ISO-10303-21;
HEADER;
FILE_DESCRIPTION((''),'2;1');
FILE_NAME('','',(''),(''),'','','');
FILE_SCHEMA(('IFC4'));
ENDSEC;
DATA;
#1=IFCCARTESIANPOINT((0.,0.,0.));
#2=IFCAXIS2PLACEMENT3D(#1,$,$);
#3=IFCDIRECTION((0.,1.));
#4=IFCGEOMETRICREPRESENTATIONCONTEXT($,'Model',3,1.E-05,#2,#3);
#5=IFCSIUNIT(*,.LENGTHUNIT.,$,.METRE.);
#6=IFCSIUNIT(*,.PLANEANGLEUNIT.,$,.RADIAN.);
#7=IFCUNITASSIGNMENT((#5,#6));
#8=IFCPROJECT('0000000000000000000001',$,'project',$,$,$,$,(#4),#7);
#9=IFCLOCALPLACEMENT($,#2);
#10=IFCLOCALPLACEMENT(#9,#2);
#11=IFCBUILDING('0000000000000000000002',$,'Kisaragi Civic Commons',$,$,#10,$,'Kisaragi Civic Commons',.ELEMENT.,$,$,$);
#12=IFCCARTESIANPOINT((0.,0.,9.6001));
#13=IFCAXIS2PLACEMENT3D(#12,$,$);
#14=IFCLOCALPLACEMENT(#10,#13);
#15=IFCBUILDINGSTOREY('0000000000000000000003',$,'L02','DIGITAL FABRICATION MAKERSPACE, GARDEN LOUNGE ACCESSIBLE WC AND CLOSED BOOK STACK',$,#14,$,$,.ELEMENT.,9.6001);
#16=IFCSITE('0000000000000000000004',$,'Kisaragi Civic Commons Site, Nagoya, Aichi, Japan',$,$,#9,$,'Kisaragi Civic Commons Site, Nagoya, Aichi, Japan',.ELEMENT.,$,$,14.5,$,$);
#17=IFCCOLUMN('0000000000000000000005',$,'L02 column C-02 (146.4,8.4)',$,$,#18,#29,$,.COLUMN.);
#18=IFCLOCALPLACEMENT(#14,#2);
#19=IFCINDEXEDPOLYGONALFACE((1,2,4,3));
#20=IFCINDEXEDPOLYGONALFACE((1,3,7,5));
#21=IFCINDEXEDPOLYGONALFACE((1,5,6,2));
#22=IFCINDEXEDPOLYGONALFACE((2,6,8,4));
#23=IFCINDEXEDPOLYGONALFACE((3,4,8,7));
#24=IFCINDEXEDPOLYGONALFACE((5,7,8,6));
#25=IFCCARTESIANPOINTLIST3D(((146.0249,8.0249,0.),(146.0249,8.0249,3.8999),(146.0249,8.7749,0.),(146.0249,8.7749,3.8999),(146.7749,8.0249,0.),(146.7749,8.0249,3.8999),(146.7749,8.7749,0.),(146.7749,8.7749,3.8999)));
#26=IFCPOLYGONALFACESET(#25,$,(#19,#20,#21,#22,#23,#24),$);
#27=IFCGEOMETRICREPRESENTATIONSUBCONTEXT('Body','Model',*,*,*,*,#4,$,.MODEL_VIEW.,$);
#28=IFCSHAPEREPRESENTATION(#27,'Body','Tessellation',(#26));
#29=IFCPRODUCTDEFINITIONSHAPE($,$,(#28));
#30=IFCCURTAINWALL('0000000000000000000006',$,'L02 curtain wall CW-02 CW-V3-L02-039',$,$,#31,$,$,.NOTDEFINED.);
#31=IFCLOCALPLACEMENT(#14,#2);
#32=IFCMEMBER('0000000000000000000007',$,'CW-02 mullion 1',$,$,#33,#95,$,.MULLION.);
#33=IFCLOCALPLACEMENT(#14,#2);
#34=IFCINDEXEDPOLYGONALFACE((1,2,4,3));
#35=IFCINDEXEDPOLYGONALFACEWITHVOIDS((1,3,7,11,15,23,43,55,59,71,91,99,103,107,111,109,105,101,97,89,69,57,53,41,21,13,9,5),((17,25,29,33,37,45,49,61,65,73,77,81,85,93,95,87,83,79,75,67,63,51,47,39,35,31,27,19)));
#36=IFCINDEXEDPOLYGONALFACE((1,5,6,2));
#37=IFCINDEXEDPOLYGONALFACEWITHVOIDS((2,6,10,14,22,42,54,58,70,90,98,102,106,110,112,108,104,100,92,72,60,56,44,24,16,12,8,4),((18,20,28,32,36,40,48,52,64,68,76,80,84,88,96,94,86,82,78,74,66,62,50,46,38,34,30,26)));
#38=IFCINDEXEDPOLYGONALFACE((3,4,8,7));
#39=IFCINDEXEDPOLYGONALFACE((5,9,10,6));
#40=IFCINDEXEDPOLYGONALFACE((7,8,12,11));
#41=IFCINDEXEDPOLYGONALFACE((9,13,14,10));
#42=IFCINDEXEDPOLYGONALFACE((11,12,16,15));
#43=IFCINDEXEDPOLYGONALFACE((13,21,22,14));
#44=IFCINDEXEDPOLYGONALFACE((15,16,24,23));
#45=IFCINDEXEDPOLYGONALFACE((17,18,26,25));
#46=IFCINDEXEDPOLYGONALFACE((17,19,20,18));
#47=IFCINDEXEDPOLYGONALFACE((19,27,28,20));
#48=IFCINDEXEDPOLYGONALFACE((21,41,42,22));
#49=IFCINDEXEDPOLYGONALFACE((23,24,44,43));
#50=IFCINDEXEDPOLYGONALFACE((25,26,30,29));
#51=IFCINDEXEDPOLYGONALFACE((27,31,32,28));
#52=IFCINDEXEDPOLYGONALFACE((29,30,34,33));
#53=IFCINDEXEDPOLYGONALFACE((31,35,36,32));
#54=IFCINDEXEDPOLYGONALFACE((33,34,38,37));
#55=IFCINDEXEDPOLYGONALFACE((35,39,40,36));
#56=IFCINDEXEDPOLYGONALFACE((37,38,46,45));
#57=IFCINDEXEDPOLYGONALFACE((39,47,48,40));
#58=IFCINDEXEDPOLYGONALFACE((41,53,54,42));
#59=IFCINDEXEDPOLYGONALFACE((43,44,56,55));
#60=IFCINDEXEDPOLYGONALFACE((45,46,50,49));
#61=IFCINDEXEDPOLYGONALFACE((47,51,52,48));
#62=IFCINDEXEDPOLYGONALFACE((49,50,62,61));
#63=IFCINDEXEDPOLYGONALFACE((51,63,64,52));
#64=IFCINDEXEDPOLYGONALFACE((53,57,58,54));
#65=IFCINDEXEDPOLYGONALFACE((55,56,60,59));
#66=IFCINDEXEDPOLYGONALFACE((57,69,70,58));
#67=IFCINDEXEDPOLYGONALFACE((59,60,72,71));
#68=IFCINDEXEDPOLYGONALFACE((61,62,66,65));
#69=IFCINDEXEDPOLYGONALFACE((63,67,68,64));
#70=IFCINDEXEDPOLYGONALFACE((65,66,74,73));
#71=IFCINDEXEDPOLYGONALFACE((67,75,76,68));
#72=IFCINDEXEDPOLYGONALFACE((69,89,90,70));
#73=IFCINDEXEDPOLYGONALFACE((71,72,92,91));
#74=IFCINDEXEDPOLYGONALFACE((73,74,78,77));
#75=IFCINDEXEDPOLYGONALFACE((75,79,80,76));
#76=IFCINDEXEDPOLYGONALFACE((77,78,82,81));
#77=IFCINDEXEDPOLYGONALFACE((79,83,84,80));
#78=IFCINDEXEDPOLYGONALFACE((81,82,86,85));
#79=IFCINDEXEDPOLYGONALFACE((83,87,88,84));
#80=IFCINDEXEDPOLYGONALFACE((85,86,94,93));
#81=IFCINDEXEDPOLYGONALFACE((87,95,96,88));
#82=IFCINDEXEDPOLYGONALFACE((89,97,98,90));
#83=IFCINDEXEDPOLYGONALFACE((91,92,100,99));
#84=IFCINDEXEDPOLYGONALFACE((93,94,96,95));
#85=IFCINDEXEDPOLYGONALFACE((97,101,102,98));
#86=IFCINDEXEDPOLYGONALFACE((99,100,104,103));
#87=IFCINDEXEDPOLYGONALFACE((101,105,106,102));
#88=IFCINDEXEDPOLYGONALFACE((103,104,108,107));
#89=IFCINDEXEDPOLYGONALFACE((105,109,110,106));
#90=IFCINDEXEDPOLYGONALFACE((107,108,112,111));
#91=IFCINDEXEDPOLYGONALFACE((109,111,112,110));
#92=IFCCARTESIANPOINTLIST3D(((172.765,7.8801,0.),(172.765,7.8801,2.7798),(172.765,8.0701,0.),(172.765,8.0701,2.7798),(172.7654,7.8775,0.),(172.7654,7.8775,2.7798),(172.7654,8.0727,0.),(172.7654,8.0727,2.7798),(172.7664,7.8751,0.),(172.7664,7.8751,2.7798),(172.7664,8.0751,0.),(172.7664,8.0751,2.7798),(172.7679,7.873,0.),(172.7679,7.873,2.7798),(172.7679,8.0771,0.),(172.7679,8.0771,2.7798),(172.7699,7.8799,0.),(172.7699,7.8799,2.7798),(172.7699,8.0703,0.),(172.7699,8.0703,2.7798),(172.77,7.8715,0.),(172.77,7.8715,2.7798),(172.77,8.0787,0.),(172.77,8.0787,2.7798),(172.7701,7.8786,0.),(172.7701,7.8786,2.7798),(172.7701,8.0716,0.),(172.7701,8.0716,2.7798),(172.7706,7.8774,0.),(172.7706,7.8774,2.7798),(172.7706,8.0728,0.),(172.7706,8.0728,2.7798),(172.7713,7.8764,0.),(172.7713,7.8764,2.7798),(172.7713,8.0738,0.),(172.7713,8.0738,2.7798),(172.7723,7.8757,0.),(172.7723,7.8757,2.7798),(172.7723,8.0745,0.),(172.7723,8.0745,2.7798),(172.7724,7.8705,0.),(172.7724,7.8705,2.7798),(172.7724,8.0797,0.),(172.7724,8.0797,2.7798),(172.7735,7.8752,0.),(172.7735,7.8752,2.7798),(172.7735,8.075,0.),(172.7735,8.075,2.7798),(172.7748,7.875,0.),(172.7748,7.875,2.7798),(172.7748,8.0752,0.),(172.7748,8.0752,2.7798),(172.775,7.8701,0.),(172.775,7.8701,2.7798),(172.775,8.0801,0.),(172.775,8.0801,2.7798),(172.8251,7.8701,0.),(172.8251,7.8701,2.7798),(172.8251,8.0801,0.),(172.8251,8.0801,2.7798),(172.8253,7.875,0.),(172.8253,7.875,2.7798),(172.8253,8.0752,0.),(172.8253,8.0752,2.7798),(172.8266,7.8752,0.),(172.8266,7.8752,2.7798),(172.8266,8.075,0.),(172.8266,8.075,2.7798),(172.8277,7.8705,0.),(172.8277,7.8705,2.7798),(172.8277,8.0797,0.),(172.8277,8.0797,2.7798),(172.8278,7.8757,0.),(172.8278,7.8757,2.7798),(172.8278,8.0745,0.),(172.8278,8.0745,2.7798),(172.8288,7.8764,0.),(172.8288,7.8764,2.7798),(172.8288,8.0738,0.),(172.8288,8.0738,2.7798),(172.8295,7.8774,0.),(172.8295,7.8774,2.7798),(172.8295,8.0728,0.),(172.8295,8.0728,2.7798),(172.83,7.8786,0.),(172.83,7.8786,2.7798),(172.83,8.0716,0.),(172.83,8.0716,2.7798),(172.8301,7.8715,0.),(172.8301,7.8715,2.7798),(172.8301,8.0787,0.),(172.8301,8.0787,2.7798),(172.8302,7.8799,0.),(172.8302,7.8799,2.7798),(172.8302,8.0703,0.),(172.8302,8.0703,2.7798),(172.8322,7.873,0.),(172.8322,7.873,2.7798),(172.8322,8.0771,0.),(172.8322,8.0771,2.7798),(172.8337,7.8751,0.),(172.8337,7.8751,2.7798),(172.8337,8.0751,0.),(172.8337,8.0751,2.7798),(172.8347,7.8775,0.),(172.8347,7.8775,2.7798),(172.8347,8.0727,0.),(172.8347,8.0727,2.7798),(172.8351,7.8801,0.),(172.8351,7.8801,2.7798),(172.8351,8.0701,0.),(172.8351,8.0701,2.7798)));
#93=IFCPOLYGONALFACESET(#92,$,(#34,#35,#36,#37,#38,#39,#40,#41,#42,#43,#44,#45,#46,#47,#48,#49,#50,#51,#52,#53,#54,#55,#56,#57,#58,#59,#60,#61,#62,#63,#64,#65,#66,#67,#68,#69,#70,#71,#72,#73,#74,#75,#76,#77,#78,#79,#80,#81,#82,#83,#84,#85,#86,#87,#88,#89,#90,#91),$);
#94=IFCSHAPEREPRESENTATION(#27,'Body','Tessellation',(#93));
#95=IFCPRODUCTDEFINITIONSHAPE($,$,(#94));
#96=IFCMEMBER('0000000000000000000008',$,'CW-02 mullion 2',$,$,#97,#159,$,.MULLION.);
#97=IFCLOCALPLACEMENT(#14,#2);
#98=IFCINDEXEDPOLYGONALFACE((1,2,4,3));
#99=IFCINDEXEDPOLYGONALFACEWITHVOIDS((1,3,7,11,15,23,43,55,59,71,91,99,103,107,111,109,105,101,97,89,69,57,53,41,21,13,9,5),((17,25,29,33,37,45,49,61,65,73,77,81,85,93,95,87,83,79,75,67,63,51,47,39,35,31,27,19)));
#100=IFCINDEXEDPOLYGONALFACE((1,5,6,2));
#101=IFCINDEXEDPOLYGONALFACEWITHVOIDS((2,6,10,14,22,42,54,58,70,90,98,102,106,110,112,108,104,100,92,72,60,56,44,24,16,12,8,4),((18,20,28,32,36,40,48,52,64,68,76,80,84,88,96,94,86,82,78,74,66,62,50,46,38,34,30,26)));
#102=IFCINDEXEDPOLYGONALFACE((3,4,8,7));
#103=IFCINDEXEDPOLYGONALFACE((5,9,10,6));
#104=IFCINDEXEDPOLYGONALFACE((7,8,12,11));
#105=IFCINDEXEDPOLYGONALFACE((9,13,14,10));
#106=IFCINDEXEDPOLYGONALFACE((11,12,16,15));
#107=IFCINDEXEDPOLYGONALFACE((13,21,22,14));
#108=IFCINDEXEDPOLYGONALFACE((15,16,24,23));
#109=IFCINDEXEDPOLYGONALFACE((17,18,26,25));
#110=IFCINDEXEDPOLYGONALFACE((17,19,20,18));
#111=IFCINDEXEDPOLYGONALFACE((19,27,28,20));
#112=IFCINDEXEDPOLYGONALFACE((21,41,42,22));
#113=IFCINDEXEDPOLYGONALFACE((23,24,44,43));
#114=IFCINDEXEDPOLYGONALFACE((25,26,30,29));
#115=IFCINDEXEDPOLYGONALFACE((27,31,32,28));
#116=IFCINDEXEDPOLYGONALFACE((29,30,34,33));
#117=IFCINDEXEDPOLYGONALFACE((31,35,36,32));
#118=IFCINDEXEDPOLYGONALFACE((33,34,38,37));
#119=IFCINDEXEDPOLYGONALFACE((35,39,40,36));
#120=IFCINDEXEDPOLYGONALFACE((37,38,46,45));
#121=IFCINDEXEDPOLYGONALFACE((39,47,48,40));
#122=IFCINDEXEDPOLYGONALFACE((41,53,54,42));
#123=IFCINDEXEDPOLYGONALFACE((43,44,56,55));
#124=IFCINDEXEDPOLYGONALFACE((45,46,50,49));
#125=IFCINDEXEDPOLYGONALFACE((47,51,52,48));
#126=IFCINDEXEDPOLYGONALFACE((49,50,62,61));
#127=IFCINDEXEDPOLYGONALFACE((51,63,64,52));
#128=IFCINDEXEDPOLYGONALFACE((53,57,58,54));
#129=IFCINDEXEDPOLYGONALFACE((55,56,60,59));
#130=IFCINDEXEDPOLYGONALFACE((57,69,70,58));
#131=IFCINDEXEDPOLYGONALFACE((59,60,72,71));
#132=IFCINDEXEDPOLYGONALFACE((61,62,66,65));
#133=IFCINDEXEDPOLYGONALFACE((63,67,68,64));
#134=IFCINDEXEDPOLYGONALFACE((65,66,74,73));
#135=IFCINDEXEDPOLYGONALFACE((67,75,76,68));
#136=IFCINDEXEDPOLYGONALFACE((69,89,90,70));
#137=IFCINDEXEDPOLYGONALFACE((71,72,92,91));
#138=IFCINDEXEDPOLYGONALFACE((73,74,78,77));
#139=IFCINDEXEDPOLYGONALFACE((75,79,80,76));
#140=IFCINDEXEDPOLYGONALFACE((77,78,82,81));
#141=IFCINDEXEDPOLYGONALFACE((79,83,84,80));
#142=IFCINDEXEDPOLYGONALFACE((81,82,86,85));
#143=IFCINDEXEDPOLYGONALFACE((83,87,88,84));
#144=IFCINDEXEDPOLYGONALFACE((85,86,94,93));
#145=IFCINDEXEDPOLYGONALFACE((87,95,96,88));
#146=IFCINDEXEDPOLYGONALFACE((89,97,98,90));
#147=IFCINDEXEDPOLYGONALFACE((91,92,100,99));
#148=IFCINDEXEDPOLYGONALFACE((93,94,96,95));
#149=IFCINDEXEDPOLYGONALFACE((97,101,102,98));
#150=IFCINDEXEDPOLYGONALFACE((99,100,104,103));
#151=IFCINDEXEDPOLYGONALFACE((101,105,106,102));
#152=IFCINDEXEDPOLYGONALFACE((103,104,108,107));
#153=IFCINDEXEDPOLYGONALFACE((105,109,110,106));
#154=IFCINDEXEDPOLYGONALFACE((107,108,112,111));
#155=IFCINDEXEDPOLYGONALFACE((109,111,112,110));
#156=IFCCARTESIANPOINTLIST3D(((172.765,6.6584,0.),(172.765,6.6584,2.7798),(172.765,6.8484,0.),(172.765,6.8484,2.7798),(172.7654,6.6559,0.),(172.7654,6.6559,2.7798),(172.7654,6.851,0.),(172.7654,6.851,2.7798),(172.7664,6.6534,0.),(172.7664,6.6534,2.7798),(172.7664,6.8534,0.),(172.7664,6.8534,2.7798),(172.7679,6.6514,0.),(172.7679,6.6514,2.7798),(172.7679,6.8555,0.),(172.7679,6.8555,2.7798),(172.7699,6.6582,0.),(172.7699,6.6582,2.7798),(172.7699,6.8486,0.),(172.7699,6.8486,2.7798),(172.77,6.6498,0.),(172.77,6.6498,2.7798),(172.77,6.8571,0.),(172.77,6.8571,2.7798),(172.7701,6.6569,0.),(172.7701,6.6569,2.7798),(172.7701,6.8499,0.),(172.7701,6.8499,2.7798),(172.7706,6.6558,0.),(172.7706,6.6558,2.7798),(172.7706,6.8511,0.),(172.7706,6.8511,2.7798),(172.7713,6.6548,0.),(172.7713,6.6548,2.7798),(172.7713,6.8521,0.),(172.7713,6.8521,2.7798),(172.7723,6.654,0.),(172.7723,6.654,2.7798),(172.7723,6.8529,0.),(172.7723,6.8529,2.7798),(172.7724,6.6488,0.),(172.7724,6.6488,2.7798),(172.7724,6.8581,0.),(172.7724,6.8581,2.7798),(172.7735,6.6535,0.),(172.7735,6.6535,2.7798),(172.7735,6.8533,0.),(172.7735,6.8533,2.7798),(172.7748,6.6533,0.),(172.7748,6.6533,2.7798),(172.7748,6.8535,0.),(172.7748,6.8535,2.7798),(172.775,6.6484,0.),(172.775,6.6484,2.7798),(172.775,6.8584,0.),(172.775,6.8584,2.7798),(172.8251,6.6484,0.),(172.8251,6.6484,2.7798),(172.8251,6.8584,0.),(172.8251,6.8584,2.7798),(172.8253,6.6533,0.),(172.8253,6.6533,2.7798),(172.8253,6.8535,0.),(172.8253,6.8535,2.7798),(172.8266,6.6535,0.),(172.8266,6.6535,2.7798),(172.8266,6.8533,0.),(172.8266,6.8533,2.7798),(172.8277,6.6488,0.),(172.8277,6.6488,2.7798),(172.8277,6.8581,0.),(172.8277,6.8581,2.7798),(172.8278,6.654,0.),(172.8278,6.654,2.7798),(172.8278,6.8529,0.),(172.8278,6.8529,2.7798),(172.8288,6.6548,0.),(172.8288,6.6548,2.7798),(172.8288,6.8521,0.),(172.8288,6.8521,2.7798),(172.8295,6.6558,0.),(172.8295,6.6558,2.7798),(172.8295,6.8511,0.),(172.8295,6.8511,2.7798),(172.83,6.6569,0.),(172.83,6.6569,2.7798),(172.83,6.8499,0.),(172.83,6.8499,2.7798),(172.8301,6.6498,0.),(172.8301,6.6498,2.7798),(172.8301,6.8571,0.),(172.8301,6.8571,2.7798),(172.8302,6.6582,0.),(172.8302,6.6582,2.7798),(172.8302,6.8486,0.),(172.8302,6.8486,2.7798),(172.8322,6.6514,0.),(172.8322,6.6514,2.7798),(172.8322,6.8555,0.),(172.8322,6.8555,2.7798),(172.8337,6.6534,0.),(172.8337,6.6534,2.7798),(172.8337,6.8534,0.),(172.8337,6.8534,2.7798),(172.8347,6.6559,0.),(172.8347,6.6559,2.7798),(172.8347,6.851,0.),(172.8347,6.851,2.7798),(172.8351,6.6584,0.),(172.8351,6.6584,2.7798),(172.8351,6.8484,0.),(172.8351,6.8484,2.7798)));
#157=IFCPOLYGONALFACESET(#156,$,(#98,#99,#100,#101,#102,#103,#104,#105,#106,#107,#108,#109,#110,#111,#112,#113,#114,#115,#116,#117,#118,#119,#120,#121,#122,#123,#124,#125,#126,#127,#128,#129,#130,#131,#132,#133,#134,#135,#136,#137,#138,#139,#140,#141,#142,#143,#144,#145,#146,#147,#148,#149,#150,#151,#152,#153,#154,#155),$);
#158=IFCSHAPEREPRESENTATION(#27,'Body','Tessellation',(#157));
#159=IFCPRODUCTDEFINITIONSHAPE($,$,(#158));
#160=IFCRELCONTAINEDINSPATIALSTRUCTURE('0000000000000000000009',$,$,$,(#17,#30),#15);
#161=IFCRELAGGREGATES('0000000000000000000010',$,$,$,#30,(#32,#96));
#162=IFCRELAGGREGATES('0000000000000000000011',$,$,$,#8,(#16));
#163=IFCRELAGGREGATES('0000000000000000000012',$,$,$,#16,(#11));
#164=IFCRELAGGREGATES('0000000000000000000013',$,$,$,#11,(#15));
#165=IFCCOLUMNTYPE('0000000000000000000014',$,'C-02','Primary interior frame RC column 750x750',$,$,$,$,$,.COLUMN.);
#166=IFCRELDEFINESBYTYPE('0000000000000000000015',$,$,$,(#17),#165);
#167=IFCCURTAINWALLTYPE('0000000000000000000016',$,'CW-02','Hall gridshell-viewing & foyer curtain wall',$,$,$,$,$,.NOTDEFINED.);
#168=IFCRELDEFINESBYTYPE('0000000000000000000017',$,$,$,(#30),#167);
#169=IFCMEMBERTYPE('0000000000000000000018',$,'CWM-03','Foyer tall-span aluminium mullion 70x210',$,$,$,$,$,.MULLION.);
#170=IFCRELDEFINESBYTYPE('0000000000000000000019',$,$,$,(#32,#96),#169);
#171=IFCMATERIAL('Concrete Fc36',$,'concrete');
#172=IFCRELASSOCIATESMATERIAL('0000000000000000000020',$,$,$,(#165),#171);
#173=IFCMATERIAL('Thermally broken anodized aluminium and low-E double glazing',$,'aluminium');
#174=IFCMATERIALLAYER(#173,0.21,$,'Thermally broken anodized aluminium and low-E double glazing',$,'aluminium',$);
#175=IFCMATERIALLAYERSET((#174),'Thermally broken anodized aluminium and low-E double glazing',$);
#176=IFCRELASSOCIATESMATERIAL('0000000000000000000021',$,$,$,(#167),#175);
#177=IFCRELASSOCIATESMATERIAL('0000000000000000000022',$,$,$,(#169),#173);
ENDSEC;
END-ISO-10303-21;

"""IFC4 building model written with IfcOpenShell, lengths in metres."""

from ifc_helpers import new_model, si_unit, direction, frame, origin, origin_2d, place, context, subcontext, project, spatial, rectangle, hollow_rectangle, extrude, material, layer, layer_set, material_profile, profile_set, type_object, element, aggregate, save


model = new_model("IFC4")

# Units and contexts
model_context = context("Model", 3, precision=1e-05, world=origin(), true_north=direction((0.0, 1.0)))
body_context = subcontext(model_context, "Body", "Model", "MODEL_VIEW")
ifc_project = project(units=[si_unit("LENGTHUNIT", "METRE"), si_unit("PLANEANGLEUNIT", "RADIAN")], contexts=[model_context])

# Site, building, storey
site_placement = place(None, origin())
site = spatial("IfcSite", under=ifc_project, at=site_placement, Name="Kisaragi Civic Commons Site, Nagoya, Aichi, Japan", LongName="Kisaragi Civic Commons Site, Nagoya, Aichi, Japan", CompositionType="ELEMENT", RefElevation=14.5)
building_placement = place(site_placement, origin())
building = spatial("IfcBuilding", under=site, at=building_placement, Name="Kisaragi Civic Commons", LongName="Kisaragi Civic Commons", CompositionType="ELEMENT")
storey_placement = place(building_placement, frame((0.0, 0.0, 9.6001)))
storey = spatial("IfcBuildingStorey", under=building, at=storey_placement, Name="L02", Description="DIGITAL FABRICATION MAKERSPACE, GARDEN LOUNGE ACCESSIBLE WC AND CLOSED BOOK STACK", CompositionType="ELEMENT", Elevation=9.6001)

# Column
ifc_material_1 = material(Name="Concrete Fc36", Category="concrete")
ifc_material_profile_1 = material_profile(ifc_material_1, rectangle(XDim=0.75, YDim=0.75, at=origin_2d()), Name="RC-750x750", Category="concrete")
ifc_profile_set_1 = profile_set([ifc_material_profile_1], Name="Concrete Fc36")
column_type = type_object("IfcColumnType", Name="C-02", Description="Primary interior frame RC column 750x750", PredefinedType="COLUMN", material=ifc_profile_set_1)
column_placement = place(storey_placement, frame((146.3999, 8.3999, 0.0), z_axis=(0.0, 0.0, 1.0), x_axis=(1.0, 0.0, 0.0)))
element("IfcColumn", 1, at=column_placement, inside=storey, type_object=column_type, Name="L02 column C-02 (146.4,8.4)", PredefinedType="COLUMN", context=body_context, shape_type="SweptSolid", body=[
    extrude(rectangle(XDim=0.75, YDim=0.75, at=origin_2d()), origin(), (0.0, 0.0, 1.0), 3.8999),
])

# Curtain wall, members
ifc_material_2 = material(Name="Thermally broken anodized aluminium and low-E double glazing", Category="aluminium")
ifc_layer_1 = layer(ifc_material_2, 0.21, Name="Thermally broken anodized aluminium and low-E double glazing", Category="aluminium")
ifc_layer_set_1 = layer_set([ifc_layer_1], Name="Thermally broken anodized aluminium and low-E double glazing")
curtain_wall_type = type_object("IfcCurtainWallType", Name="CW-02", Description="Hall gridshell-viewing & foyer curtain wall", PredefinedType="NOTDEFINED", material=ifc_layer_set_1)
curtain_wall_1_placement = place(storey_placement, origin())
curtain_wall_1 = element("IfcCurtainWall", 2, at=curtain_wall_1_placement, inside=storey, type_object=curtain_wall_type, Name="L02 curtain wall CW-02 CW-V3-L02-039", PredefinedType="NOTDEFINED")
ifc_material_profile_2 = material_profile(ifc_material_2, hollow_rectangle(XDim=0.0701, YDim=0.21, WallThickness=0.0049, InnerFilletRadius=0.0049, OuterFilletRadius=0.01, at=origin_2d()), Name="CWM-70x210x5", Category="aluminium")
ifc_profile_set_2 = profile_set([ifc_material_profile_2], Name="Thermally broken anodized aluminium and low-E double glazing")
member_type_1 = type_object("IfcMemberType", Name="CWM-03", Description="Foyer tall-span aluminium mullion 70x210", PredefinedType="MULLION", material=ifc_profile_set_2)
member_1_placement = place(storey_placement, frame((172.8, 7.9751, 0.0), z_axis=(0.0, 0.0, 1.0), x_axis=(1.0, 0.0, 0.0)))
member_1 = element("IfcMember", 3, at=member_1_placement, type_object=member_type_1, Name="CW-02 mullion 1", PredefinedType="MULLION", context=body_context, shape_type="SweptSolid", body=[
    extrude(hollow_rectangle(XDim=0.0701, YDim=0.21, WallThickness=0.0049, InnerFilletRadius=0.0049, OuterFilletRadius=0.01, at=origin_2d()), origin(), (0.0, 0.0, 1.0), 2.7798),
])
member_2_placement = place(storey_placement, frame((172.8, 6.7534, 0.0), z_axis=(0.0, 0.0, 1.0), x_axis=(1.0, 0.0, 0.0)))
member_2 = element("IfcMember", 4, at=member_2_placement, type_object=member_type_1, Name="CW-02 mullion 2", PredefinedType="MULLION", context=body_context, shape_type="SweptSolid", body=[
    extrude(hollow_rectangle(XDim=0.0701, YDim=0.21, WallThickness=0.0049, InnerFilletRadius=0.0049, OuterFilletRadius=0.01, at=origin_2d()), origin(), (0.0, 0.0, 1.0), 2.7798),
])

aggregate(curtain_wall_1, [member_1, member_2])

save(model, "model.ifc")
